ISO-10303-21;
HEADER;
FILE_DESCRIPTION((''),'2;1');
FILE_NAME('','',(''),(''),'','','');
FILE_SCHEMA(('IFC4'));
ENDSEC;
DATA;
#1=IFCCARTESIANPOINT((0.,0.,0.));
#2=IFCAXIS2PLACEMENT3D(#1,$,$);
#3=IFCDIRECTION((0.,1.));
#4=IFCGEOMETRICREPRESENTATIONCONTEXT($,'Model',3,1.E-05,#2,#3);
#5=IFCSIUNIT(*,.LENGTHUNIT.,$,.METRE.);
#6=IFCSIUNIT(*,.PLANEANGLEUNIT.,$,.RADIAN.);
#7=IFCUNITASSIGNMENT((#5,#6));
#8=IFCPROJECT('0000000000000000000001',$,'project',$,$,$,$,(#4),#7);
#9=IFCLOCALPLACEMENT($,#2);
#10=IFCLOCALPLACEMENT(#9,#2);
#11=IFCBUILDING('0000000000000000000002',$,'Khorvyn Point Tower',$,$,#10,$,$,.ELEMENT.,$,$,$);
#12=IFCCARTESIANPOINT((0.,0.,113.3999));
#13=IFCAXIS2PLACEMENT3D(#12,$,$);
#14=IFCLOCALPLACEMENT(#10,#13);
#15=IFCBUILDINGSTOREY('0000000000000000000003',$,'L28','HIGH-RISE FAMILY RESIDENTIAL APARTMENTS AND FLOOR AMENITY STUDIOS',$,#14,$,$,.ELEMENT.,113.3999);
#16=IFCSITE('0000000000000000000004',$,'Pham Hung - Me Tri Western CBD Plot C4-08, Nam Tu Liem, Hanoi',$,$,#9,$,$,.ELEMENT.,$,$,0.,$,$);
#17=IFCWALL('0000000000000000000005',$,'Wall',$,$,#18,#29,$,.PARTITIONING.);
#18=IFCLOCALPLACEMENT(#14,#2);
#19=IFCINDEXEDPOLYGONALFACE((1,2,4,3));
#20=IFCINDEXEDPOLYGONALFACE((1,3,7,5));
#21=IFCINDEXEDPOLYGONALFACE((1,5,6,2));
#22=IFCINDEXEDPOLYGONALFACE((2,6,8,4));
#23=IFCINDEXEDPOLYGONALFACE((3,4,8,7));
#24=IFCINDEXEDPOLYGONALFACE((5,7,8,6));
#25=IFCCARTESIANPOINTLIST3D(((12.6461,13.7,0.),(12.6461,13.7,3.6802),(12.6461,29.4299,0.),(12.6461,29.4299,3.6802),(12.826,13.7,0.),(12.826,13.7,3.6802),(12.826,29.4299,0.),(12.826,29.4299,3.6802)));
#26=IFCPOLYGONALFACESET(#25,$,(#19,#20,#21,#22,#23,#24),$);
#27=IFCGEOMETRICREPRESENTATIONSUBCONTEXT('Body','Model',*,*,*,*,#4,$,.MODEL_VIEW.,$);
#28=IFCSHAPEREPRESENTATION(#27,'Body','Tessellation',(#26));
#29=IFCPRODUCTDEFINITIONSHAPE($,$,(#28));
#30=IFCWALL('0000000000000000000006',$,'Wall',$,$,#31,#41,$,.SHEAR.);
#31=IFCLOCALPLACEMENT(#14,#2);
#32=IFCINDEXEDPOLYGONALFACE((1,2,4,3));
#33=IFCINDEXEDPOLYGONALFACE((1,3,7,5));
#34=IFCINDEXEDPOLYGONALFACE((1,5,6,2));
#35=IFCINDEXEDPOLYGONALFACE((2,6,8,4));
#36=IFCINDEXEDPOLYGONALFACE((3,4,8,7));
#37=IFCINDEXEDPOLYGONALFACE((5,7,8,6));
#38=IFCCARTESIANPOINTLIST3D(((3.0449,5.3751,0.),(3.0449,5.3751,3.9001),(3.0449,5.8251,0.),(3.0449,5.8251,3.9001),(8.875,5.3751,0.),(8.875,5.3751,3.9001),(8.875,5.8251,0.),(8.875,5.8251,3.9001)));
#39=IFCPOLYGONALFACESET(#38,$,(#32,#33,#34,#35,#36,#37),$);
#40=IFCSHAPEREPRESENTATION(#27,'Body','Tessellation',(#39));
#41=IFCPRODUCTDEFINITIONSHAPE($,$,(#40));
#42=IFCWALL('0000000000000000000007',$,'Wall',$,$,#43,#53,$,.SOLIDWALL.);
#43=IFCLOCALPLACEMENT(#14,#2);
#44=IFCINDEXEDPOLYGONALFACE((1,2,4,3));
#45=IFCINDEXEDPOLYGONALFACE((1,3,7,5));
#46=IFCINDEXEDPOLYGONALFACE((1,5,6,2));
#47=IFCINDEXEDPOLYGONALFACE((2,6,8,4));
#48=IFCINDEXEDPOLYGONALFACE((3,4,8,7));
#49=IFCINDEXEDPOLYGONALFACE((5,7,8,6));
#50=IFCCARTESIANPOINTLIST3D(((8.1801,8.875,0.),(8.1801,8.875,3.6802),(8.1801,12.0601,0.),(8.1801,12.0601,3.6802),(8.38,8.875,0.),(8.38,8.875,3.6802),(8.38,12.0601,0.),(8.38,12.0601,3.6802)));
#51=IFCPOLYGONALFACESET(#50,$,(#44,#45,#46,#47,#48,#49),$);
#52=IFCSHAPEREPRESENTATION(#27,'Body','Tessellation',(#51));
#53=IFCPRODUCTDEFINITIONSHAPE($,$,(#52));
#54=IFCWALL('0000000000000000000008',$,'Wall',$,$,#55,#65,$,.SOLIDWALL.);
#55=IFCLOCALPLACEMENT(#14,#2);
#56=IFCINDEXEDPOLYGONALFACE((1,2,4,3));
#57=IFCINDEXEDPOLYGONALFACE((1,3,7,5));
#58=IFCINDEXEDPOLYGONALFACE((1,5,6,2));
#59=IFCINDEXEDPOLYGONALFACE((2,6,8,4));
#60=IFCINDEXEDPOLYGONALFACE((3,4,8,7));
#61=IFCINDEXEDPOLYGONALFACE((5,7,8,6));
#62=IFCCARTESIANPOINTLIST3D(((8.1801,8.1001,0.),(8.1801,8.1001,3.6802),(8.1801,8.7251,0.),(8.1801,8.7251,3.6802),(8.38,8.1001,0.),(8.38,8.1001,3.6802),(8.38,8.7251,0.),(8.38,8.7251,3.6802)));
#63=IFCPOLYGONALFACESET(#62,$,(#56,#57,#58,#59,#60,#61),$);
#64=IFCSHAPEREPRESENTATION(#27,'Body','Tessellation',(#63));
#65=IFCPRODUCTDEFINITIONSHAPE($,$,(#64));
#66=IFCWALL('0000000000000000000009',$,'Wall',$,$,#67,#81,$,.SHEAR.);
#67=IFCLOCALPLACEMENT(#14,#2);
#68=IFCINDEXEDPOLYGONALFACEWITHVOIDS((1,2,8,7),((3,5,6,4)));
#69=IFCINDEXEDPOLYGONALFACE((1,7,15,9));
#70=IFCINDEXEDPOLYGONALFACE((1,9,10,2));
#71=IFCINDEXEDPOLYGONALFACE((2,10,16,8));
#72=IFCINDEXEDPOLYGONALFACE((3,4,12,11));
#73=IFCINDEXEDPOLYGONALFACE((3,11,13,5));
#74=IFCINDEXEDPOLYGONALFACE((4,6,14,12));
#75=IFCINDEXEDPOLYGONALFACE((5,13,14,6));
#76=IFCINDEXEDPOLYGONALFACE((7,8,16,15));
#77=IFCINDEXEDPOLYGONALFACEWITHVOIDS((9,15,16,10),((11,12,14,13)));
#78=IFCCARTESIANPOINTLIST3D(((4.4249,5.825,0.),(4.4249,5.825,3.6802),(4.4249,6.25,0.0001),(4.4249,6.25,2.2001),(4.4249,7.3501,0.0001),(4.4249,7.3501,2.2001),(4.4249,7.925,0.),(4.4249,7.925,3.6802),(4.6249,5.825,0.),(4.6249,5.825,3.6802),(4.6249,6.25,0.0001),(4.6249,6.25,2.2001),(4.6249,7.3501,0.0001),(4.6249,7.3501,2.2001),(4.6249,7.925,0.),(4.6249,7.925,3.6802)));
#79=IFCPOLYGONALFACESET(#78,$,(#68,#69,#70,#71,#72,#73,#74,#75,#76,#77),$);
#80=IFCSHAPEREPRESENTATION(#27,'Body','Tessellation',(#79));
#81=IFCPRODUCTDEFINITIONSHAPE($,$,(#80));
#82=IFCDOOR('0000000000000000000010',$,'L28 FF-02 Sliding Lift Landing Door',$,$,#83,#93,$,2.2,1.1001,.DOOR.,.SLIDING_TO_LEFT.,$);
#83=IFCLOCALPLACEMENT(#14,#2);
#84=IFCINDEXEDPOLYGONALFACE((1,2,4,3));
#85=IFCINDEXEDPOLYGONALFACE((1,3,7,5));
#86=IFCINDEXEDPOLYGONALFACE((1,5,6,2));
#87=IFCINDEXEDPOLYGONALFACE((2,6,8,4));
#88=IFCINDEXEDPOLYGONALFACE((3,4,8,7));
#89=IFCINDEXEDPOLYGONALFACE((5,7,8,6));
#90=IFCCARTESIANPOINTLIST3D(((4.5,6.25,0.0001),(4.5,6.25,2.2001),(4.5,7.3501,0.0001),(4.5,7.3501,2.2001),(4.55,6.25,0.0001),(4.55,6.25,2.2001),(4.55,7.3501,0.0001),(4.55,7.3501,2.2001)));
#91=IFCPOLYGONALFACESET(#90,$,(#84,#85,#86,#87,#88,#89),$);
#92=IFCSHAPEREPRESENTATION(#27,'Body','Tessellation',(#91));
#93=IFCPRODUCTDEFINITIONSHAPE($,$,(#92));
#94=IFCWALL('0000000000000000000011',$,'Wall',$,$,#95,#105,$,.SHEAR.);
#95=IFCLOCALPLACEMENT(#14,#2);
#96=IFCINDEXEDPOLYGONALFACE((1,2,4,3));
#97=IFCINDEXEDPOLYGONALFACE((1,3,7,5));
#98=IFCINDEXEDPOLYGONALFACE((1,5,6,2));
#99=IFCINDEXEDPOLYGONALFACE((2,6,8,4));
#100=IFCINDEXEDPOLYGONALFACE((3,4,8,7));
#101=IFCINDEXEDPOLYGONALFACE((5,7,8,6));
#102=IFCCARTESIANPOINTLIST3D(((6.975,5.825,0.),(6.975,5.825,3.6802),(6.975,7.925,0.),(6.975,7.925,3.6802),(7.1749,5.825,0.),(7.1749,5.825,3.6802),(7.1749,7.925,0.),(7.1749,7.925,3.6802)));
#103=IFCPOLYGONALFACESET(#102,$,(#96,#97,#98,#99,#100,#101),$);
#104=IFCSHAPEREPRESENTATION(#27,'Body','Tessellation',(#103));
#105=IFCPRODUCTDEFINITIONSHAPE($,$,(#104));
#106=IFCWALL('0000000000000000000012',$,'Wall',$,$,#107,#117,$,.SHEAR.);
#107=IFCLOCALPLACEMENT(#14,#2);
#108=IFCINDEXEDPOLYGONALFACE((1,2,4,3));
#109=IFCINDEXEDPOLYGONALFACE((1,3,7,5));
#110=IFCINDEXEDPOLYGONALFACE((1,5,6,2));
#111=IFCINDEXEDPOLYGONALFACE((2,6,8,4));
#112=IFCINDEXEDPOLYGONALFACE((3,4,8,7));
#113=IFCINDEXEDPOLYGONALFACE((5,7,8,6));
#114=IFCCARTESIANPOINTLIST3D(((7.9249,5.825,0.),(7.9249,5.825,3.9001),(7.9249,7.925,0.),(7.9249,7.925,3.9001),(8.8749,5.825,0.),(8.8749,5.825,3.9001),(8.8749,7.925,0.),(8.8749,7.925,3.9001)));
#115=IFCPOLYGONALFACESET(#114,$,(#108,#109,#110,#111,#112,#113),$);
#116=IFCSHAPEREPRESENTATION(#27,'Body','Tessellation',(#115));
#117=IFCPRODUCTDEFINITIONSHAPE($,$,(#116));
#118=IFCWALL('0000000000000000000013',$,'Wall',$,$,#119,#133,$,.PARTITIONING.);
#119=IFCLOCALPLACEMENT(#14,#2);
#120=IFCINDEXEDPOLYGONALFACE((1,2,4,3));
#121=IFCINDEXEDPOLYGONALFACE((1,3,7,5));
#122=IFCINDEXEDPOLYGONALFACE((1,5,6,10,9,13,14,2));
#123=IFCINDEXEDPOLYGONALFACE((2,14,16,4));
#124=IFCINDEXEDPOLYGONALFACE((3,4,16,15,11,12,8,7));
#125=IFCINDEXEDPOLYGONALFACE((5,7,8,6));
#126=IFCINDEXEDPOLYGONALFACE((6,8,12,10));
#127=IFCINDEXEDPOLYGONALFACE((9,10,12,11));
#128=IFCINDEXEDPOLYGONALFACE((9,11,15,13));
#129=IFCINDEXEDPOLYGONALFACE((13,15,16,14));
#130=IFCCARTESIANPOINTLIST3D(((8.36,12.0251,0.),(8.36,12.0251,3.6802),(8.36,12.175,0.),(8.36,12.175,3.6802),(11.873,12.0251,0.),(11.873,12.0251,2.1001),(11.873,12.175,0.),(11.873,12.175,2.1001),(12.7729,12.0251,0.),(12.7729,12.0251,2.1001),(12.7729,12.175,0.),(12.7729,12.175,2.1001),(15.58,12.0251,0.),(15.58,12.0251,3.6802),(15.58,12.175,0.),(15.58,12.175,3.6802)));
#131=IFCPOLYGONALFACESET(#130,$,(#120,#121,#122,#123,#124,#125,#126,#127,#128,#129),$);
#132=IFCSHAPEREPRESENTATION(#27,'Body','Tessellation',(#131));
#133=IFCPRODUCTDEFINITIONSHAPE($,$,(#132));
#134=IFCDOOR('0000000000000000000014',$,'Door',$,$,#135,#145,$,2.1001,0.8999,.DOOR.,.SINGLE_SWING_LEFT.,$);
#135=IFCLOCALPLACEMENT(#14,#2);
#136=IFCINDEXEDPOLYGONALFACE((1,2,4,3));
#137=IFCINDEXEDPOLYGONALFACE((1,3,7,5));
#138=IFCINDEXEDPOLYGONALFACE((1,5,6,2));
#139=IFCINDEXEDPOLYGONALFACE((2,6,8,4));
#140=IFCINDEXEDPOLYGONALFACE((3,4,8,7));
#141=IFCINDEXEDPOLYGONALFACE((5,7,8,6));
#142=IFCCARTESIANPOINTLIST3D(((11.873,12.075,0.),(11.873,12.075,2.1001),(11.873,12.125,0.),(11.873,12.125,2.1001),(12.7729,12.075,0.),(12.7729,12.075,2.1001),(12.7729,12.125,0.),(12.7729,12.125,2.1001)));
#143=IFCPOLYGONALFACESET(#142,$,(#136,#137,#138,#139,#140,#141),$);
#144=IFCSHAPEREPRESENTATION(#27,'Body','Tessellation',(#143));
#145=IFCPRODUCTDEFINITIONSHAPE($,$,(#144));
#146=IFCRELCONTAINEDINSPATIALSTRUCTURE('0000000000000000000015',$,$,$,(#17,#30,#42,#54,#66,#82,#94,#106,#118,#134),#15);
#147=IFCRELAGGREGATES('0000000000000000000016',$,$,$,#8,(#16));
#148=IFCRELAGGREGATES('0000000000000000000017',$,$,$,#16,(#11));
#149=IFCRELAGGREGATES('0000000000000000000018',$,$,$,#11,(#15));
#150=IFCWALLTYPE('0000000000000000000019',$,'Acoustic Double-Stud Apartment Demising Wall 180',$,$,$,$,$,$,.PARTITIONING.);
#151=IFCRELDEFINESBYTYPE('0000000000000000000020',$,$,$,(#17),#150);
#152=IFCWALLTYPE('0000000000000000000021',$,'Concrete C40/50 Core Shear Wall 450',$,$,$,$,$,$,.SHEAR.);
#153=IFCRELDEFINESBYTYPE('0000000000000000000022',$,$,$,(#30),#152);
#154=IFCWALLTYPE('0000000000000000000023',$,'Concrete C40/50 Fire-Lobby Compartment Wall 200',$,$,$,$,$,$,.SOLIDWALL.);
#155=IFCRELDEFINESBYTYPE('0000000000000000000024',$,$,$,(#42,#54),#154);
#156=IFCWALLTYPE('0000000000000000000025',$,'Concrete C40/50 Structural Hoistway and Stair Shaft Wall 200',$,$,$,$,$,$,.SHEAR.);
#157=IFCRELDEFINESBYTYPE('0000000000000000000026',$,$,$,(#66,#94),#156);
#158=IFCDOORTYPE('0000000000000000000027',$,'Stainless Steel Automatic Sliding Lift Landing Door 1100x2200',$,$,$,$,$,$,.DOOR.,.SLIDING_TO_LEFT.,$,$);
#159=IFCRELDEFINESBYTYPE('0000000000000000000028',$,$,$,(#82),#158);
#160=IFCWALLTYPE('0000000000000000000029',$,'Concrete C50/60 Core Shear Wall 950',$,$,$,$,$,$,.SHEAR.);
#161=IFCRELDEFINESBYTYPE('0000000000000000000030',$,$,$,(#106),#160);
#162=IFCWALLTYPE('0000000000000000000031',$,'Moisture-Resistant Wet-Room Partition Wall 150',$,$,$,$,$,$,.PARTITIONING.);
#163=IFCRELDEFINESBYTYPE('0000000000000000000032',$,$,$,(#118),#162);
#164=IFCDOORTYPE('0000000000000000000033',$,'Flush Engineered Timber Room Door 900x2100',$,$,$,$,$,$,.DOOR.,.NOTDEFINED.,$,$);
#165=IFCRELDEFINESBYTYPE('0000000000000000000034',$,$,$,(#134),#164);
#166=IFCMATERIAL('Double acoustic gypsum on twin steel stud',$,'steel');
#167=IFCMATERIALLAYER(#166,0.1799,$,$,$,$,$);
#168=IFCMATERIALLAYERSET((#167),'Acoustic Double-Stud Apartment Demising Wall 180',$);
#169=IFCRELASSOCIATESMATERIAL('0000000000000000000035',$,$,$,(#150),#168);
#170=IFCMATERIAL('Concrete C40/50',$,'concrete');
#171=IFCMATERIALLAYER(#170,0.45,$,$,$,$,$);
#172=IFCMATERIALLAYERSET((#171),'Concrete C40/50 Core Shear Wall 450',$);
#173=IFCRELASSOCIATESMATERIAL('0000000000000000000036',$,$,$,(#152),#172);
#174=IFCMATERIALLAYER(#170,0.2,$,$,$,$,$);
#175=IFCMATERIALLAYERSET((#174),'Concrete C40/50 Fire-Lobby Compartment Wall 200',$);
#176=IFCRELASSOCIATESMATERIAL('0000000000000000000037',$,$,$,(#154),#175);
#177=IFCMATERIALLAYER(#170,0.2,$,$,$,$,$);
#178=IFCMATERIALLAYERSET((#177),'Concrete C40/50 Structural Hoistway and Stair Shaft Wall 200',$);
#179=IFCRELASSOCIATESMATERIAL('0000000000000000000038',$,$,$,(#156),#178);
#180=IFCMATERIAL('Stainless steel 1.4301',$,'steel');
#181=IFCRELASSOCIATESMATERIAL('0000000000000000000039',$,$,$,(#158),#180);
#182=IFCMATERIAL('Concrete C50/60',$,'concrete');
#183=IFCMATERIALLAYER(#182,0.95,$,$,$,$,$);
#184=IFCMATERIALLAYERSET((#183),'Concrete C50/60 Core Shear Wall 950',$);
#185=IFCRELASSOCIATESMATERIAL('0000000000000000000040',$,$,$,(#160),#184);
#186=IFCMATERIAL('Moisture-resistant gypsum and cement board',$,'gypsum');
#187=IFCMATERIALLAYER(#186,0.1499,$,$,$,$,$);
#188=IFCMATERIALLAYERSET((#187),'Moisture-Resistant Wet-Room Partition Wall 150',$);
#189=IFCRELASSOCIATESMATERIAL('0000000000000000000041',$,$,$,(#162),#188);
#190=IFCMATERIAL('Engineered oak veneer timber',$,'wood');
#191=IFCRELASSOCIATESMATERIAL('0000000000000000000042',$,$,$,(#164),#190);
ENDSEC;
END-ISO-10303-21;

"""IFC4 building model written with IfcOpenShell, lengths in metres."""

from ifc_helpers import new_model, si_unit, direction, frame, frame_2d, origin, place, context, subcontext, project, spatial, rectangle, extrude, material, layer, layer_set, type_object, element, fill, save


model = new_model("IFC4")

# Units and contexts
model_context = context("Model", 3, precision=1e-05, world=origin(), true_north=direction((0.0, 1.0)))
body_context = subcontext(model_context, "Body", "Model", "MODEL_VIEW")
ifc_project = project(units=[si_unit("LENGTHUNIT", "METRE"), si_unit("PLANEANGLEUNIT", "RADIAN")], contexts=[model_context])

# Site, building, storey
site_placement = place(None, origin())
site = spatial("IfcSite", under=ifc_project, at=site_placement, Name="Pham Hung - Me Tri Western CBD Plot C4-08, Nam Tu Liem, Hanoi", CompositionType="ELEMENT", RefElevation=0.0)
building_placement = place(site_placement, origin())
building = spatial("IfcBuilding", under=site, at=building_placement, Name="Khorvyn Point Tower", CompositionType="ELEMENT")
storey_placement = place(building_placement, frame((0.0, 0.0, 113.3999)))
storey = spatial("IfcBuildingStorey", under=building, at=storey_placement, Name="L28", Description="HIGH-RISE FAMILY RESIDENTIAL APARTMENTS AND FLOOR AMENITY STUDIOS", CompositionType="ELEMENT", Elevation=113.3999)

# Shared definitions
ifc_material_1 = material(Name="Concrete C50/60", Category="concrete")

# Shared definitions
ifc_material_2 = material(Name="Double acoustic gypsum on twin steel stud", Category="steel")
ifc_layer_1 = layer(ifc_material_2, 0.1799)
ifc_layer_set_1 = layer_set([ifc_layer_1], Name="Acoustic Double-Stud Apartment Demising Wall 180")
wall_type_1 = type_object("IfcWallType", Name="Acoustic Double-Stud Apartment Demising Wall 180", PredefinedType="PARTITIONING", material=ifc_layer_set_1)

# Walls
for number, where, z_axis, x_axis, name in (
    (1, (12.7361, 13.7, 0.0), (0.0, 0.0, 1.0), (0.0, 1.0, 0.0), "Wall"),
):
    element("IfcWall", number, at=place(storey_placement, frame(where, z_axis=z_axis, x_axis=x_axis)), inside=storey, type_object=wall_type_1, Name=name, PredefinedType="PARTITIONING", context=body_context, shape_type="SweptSolid", body=[
        extrude(rectangle(XDim=15.73, YDim=0.1799, at=frame_2d((7.865, 0.0))), origin(), (0.0, 0.0, 1.0), 3.6802),
    ])
ifc_material_3 = material(Name="Concrete C40/50", Category="concrete")
ifc_layer_2 = layer(ifc_material_3, 0.45)
ifc_layer_set_2 = layer_set([ifc_layer_2], Name="Concrete C40/50 Core Shear Wall 450")
wall_type_2 = type_object("IfcWallType", Name="Concrete C40/50 Core Shear Wall 450", PredefinedType="SHEAR", material=ifc_layer_set_2)
wall_1_placement = place(storey_placement, frame((3.0449, 5.6001, 0.0), z_axis=(0.0, 0.0, 1.0), x_axis=(1.0, 0.0, 0.0)))
element("IfcWall", 2, at=wall_1_placement, inside=storey, type_object=wall_type_2, Name="Wall", PredefinedType="SHEAR", context=body_context, shape_type="SweptSolid", body=[
    extrude(rectangle(XDim=5.8301, YDim=0.45, at=frame_2d((2.915, 0.0))), origin(), (0.0, 0.0, 1.0), 3.9001),
])

# Shared definitions
ifc_layer_3 = layer(ifc_material_3, 0.2)
ifc_layer_set_3 = layer_set([ifc_layer_3], Name="Concrete C40/50 Fire-Lobby Compartment Wall 200")
wall_type_3 = type_object("IfcWallType", Name="Concrete C40/50 Fire-Lobby Compartment Wall 200", PredefinedType="SOLIDWALL", material=ifc_layer_set_3)

# Walls
wall_2_placement = place(storey_placement, frame((8.28, 8.875, 0.0), z_axis=(0.0, 0.0, 1.0), x_axis=(0.0, 1.0, 0.0)))
element("IfcWall", 3, at=wall_2_placement, inside=storey, type_object=wall_type_3, Name="Wall", PredefinedType="SOLIDWALL", context=body_context, shape_type="SweptSolid", body=[
    extrude(rectangle(XDim=3.1851, YDim=0.2, at=frame_2d((1.5925, 0.0))), origin(), (0.0, 0.0, 1.0), 3.6802),
])
wall_3_placement = place(storey_placement, frame((8.28, 8.1001, 0.0), z_axis=(0.0, 0.0, 1.0), x_axis=(0.0, 1.0, 0.0)))
element("IfcWall", 4, at=wall_3_placement, inside=storey, type_object=wall_type_3, Name="Wall", PredefinedType="SOLIDWALL", context=body_context, shape_type="SweptSolid", body=[
    extrude(rectangle(XDim=0.625, YDim=0.2, at=frame_2d((0.3125, 0.0))), origin(), (0.0, 0.0, 1.0), 3.6802),
])

# Wall, opening, door
ifc_layer_4 = layer(ifc_material_3, 0.2)
ifc_layer_set_4 = layer_set([ifc_layer_4], Name="Concrete C40/50 Structural Hoistway and Stair Shaft Wall 200")
wall_type_4 = type_object("IfcWallType", Name="Concrete C40/50 Structural Hoistway and Stair Shaft Wall 200", PredefinedType="SHEAR", material=ifc_layer_set_4)
wall_4_placement = place(storey_placement, frame((4.5249, 5.825, 0.0), z_axis=(0.0, 0.0, 1.0), x_axis=(0.0, 1.0, 0.0)))
wall_4 = element("IfcWall", 5, at=wall_4_placement, inside=storey, type_object=wall_type_4, Name="Wall", PredefinedType="SHEAR", context=body_context, shape_type="SweptSolid", body=[
    extrude(rectangle(XDim=2.1001, YDim=0.2, at=frame_2d((1.05, 0.0))), origin(), (0.0, 0.0, 1.0), 3.6802),
])
opening_1_placement = place(wall_4_placement, frame((0.425, 0.0, 0.0)))
opening_1 = element("IfcOpeningElement", 6, at=opening_1_placement, cuts=wall_4, PredefinedType="OPENING", context=body_context, shape_type="SweptSolid", body=[
    extrude(rectangle(XDim=1.1001, YDim=2.2, at=frame_2d((0.55, 1.1001))), frame((0.0, 0.1099, 0.0), z_axis=(0.0, -1.0, 0.0), x_axis=(1.0, 0.0, 0.0)), (0.0, 0.0, 1.0), 0.22),
])
ifc_material_4 = material(Name="Stainless steel 1.4301", Category="steel")
door_type_1 = type_object("IfcDoorType", Name="Stainless Steel Automatic Sliding Lift Landing Door 1100x2200", OperationType="SLIDING_TO_LEFT", PredefinedType="DOOR", material=ifc_material_4)
door_1_placement = place(opening_1_placement, origin())
door_1 = element("IfcDoor", 7, at=door_1_placement, inside=storey, type_object=door_type_1, Name="L28 FF-02 Sliding Lift Landing Door", OperationType="SLIDING_TO_LEFT", OverallHeight=2.2, OverallWidth=1.1001, PredefinedType="DOOR", context=body_context, shape_type="SweptSolid", body=[
    extrude(rectangle(XDim=1.1001, YDim=2.2, at=frame_2d((0.55, 1.1001))), frame((0.0, 0.0249, 0.0), z_axis=(0.0, -1.0, 0.0), x_axis=(1.0, 0.0, 0.0)), (0.0, 0.0, 1.0), 0.05),
])
fill(opening_1, door_1)

# Walls
wall_5_placement = place(storey_placement, frame((7.075, 5.825, 0.0), z_axis=(0.0, 0.0, 1.0), x_axis=(0.0, 1.0, 0.0)))
element("IfcWall", 8, at=wall_5_placement, inside=storey, type_object=wall_type_4, Name="Wall", PredefinedType="SHEAR", context=body_context, shape_type="SweptSolid", body=[
    extrude(rectangle(XDim=2.1001, YDim=0.2, at=frame_2d((1.05, 0.0))), origin(), (0.0, 0.0, 1.0), 3.6802),
])
ifc_layer_5 = layer(ifc_material_1, 0.95)
ifc_layer_set_5 = layer_set([ifc_layer_5], Name="Concrete C50/60 Core Shear Wall 950")
wall_type_5 = type_object("IfcWallType", Name="Concrete C50/60 Core Shear Wall 950", PredefinedType="SHEAR", material=ifc_layer_set_5)
wall_6_placement = place(storey_placement, frame((8.3999, 5.825, 0.0), z_axis=(0.0, 0.0, 1.0), x_axis=(0.0, 1.0, 0.0)))
element("IfcWall", 9, at=wall_6_placement, inside=storey, type_object=wall_type_5, Name="Wall", PredefinedType="SHEAR", context=body_context, shape_type="SweptSolid", body=[
    extrude(rectangle(XDim=2.1001, YDim=0.95, at=frame_2d((1.05, 0.0))), origin(), (0.0, 0.0, 1.0), 3.9001),
])

# Wall, opening, door
ifc_material_5 = material(Name="Moisture-resistant gypsum and cement board", Category="gypsum")
ifc_layer_6 = layer(ifc_material_5, 0.1499)
ifc_layer_set_6 = layer_set([ifc_layer_6], Name="Moisture-Resistant Wet-Room Partition Wall 150")
wall_type_6 = type_object("IfcWallType", Name="Moisture-Resistant Wet-Room Partition Wall 150", PredefinedType="PARTITIONING", material=ifc_layer_set_6)
wall_7_placement = place(storey_placement, frame((8.3601, 12.1001, 0.0), z_axis=(0.0, 0.0, 1.0), x_axis=(1.0, 0.0, 0.0)))
wall_7 = element("IfcWall", 10, at=wall_7_placement, inside=storey, type_object=wall_type_6, Name="Wall", PredefinedType="PARTITIONING", context=body_context, shape_type="SweptSolid", body=[
    extrude(rectangle(XDim=7.22, YDim=0.1499, at=frame_2d((3.6099, 0.0))), origin(), (0.0, 0.0, 1.0), 3.6802),
])
opening_2_placement = place(wall_7_placement, frame((3.5129, 0.0, 0.0)))
opening_2 = element("IfcOpeningElement", 11, at=opening_2_placement, cuts=wall_7, PredefinedType="OPENING", context=body_context, shape_type="SweptSolid", body=[
    extrude(rectangle(XDim=0.8999, YDim=2.1001, at=frame_2d((0.45, 1.05))), frame((0.0, 0.085, 0.0), z_axis=(0.0, -1.0, 0.0), x_axis=(1.0, 0.0, 0.0)), (0.0, 0.0, 1.0), 0.1699),
])
ifc_material_6 = material(Name="Engineered oak veneer timber", Category="wood")
door_type_2 = type_object("IfcDoorType", Name="Flush Engineered Timber Room Door 900x2100", OperationType="NOTDEFINED", PredefinedType="DOOR", material=ifc_material_6)
door_2_placement = place(opening_2_placement, origin())
door_2 = element("IfcDoor", 12, at=door_2_placement, inside=storey, type_object=door_type_2, Name="Door", OperationType="SINGLE_SWING_LEFT", OverallHeight=2.1001, OverallWidth=0.8999, PredefinedType="DOOR", context=body_context, shape_type="SweptSolid", body=[
    extrude(rectangle(XDim=0.8999, YDim=2.1001, at=frame_2d((0.45, 1.05))), frame((0.0, 0.0249, 0.0), z_axis=(0.0, -1.0, 0.0), x_axis=(1.0, 0.0, 0.0)), (0.0, 0.0, 1.0), 0.05),
])
fill(opening_2, door_2)

save(model, "model.ifc")
